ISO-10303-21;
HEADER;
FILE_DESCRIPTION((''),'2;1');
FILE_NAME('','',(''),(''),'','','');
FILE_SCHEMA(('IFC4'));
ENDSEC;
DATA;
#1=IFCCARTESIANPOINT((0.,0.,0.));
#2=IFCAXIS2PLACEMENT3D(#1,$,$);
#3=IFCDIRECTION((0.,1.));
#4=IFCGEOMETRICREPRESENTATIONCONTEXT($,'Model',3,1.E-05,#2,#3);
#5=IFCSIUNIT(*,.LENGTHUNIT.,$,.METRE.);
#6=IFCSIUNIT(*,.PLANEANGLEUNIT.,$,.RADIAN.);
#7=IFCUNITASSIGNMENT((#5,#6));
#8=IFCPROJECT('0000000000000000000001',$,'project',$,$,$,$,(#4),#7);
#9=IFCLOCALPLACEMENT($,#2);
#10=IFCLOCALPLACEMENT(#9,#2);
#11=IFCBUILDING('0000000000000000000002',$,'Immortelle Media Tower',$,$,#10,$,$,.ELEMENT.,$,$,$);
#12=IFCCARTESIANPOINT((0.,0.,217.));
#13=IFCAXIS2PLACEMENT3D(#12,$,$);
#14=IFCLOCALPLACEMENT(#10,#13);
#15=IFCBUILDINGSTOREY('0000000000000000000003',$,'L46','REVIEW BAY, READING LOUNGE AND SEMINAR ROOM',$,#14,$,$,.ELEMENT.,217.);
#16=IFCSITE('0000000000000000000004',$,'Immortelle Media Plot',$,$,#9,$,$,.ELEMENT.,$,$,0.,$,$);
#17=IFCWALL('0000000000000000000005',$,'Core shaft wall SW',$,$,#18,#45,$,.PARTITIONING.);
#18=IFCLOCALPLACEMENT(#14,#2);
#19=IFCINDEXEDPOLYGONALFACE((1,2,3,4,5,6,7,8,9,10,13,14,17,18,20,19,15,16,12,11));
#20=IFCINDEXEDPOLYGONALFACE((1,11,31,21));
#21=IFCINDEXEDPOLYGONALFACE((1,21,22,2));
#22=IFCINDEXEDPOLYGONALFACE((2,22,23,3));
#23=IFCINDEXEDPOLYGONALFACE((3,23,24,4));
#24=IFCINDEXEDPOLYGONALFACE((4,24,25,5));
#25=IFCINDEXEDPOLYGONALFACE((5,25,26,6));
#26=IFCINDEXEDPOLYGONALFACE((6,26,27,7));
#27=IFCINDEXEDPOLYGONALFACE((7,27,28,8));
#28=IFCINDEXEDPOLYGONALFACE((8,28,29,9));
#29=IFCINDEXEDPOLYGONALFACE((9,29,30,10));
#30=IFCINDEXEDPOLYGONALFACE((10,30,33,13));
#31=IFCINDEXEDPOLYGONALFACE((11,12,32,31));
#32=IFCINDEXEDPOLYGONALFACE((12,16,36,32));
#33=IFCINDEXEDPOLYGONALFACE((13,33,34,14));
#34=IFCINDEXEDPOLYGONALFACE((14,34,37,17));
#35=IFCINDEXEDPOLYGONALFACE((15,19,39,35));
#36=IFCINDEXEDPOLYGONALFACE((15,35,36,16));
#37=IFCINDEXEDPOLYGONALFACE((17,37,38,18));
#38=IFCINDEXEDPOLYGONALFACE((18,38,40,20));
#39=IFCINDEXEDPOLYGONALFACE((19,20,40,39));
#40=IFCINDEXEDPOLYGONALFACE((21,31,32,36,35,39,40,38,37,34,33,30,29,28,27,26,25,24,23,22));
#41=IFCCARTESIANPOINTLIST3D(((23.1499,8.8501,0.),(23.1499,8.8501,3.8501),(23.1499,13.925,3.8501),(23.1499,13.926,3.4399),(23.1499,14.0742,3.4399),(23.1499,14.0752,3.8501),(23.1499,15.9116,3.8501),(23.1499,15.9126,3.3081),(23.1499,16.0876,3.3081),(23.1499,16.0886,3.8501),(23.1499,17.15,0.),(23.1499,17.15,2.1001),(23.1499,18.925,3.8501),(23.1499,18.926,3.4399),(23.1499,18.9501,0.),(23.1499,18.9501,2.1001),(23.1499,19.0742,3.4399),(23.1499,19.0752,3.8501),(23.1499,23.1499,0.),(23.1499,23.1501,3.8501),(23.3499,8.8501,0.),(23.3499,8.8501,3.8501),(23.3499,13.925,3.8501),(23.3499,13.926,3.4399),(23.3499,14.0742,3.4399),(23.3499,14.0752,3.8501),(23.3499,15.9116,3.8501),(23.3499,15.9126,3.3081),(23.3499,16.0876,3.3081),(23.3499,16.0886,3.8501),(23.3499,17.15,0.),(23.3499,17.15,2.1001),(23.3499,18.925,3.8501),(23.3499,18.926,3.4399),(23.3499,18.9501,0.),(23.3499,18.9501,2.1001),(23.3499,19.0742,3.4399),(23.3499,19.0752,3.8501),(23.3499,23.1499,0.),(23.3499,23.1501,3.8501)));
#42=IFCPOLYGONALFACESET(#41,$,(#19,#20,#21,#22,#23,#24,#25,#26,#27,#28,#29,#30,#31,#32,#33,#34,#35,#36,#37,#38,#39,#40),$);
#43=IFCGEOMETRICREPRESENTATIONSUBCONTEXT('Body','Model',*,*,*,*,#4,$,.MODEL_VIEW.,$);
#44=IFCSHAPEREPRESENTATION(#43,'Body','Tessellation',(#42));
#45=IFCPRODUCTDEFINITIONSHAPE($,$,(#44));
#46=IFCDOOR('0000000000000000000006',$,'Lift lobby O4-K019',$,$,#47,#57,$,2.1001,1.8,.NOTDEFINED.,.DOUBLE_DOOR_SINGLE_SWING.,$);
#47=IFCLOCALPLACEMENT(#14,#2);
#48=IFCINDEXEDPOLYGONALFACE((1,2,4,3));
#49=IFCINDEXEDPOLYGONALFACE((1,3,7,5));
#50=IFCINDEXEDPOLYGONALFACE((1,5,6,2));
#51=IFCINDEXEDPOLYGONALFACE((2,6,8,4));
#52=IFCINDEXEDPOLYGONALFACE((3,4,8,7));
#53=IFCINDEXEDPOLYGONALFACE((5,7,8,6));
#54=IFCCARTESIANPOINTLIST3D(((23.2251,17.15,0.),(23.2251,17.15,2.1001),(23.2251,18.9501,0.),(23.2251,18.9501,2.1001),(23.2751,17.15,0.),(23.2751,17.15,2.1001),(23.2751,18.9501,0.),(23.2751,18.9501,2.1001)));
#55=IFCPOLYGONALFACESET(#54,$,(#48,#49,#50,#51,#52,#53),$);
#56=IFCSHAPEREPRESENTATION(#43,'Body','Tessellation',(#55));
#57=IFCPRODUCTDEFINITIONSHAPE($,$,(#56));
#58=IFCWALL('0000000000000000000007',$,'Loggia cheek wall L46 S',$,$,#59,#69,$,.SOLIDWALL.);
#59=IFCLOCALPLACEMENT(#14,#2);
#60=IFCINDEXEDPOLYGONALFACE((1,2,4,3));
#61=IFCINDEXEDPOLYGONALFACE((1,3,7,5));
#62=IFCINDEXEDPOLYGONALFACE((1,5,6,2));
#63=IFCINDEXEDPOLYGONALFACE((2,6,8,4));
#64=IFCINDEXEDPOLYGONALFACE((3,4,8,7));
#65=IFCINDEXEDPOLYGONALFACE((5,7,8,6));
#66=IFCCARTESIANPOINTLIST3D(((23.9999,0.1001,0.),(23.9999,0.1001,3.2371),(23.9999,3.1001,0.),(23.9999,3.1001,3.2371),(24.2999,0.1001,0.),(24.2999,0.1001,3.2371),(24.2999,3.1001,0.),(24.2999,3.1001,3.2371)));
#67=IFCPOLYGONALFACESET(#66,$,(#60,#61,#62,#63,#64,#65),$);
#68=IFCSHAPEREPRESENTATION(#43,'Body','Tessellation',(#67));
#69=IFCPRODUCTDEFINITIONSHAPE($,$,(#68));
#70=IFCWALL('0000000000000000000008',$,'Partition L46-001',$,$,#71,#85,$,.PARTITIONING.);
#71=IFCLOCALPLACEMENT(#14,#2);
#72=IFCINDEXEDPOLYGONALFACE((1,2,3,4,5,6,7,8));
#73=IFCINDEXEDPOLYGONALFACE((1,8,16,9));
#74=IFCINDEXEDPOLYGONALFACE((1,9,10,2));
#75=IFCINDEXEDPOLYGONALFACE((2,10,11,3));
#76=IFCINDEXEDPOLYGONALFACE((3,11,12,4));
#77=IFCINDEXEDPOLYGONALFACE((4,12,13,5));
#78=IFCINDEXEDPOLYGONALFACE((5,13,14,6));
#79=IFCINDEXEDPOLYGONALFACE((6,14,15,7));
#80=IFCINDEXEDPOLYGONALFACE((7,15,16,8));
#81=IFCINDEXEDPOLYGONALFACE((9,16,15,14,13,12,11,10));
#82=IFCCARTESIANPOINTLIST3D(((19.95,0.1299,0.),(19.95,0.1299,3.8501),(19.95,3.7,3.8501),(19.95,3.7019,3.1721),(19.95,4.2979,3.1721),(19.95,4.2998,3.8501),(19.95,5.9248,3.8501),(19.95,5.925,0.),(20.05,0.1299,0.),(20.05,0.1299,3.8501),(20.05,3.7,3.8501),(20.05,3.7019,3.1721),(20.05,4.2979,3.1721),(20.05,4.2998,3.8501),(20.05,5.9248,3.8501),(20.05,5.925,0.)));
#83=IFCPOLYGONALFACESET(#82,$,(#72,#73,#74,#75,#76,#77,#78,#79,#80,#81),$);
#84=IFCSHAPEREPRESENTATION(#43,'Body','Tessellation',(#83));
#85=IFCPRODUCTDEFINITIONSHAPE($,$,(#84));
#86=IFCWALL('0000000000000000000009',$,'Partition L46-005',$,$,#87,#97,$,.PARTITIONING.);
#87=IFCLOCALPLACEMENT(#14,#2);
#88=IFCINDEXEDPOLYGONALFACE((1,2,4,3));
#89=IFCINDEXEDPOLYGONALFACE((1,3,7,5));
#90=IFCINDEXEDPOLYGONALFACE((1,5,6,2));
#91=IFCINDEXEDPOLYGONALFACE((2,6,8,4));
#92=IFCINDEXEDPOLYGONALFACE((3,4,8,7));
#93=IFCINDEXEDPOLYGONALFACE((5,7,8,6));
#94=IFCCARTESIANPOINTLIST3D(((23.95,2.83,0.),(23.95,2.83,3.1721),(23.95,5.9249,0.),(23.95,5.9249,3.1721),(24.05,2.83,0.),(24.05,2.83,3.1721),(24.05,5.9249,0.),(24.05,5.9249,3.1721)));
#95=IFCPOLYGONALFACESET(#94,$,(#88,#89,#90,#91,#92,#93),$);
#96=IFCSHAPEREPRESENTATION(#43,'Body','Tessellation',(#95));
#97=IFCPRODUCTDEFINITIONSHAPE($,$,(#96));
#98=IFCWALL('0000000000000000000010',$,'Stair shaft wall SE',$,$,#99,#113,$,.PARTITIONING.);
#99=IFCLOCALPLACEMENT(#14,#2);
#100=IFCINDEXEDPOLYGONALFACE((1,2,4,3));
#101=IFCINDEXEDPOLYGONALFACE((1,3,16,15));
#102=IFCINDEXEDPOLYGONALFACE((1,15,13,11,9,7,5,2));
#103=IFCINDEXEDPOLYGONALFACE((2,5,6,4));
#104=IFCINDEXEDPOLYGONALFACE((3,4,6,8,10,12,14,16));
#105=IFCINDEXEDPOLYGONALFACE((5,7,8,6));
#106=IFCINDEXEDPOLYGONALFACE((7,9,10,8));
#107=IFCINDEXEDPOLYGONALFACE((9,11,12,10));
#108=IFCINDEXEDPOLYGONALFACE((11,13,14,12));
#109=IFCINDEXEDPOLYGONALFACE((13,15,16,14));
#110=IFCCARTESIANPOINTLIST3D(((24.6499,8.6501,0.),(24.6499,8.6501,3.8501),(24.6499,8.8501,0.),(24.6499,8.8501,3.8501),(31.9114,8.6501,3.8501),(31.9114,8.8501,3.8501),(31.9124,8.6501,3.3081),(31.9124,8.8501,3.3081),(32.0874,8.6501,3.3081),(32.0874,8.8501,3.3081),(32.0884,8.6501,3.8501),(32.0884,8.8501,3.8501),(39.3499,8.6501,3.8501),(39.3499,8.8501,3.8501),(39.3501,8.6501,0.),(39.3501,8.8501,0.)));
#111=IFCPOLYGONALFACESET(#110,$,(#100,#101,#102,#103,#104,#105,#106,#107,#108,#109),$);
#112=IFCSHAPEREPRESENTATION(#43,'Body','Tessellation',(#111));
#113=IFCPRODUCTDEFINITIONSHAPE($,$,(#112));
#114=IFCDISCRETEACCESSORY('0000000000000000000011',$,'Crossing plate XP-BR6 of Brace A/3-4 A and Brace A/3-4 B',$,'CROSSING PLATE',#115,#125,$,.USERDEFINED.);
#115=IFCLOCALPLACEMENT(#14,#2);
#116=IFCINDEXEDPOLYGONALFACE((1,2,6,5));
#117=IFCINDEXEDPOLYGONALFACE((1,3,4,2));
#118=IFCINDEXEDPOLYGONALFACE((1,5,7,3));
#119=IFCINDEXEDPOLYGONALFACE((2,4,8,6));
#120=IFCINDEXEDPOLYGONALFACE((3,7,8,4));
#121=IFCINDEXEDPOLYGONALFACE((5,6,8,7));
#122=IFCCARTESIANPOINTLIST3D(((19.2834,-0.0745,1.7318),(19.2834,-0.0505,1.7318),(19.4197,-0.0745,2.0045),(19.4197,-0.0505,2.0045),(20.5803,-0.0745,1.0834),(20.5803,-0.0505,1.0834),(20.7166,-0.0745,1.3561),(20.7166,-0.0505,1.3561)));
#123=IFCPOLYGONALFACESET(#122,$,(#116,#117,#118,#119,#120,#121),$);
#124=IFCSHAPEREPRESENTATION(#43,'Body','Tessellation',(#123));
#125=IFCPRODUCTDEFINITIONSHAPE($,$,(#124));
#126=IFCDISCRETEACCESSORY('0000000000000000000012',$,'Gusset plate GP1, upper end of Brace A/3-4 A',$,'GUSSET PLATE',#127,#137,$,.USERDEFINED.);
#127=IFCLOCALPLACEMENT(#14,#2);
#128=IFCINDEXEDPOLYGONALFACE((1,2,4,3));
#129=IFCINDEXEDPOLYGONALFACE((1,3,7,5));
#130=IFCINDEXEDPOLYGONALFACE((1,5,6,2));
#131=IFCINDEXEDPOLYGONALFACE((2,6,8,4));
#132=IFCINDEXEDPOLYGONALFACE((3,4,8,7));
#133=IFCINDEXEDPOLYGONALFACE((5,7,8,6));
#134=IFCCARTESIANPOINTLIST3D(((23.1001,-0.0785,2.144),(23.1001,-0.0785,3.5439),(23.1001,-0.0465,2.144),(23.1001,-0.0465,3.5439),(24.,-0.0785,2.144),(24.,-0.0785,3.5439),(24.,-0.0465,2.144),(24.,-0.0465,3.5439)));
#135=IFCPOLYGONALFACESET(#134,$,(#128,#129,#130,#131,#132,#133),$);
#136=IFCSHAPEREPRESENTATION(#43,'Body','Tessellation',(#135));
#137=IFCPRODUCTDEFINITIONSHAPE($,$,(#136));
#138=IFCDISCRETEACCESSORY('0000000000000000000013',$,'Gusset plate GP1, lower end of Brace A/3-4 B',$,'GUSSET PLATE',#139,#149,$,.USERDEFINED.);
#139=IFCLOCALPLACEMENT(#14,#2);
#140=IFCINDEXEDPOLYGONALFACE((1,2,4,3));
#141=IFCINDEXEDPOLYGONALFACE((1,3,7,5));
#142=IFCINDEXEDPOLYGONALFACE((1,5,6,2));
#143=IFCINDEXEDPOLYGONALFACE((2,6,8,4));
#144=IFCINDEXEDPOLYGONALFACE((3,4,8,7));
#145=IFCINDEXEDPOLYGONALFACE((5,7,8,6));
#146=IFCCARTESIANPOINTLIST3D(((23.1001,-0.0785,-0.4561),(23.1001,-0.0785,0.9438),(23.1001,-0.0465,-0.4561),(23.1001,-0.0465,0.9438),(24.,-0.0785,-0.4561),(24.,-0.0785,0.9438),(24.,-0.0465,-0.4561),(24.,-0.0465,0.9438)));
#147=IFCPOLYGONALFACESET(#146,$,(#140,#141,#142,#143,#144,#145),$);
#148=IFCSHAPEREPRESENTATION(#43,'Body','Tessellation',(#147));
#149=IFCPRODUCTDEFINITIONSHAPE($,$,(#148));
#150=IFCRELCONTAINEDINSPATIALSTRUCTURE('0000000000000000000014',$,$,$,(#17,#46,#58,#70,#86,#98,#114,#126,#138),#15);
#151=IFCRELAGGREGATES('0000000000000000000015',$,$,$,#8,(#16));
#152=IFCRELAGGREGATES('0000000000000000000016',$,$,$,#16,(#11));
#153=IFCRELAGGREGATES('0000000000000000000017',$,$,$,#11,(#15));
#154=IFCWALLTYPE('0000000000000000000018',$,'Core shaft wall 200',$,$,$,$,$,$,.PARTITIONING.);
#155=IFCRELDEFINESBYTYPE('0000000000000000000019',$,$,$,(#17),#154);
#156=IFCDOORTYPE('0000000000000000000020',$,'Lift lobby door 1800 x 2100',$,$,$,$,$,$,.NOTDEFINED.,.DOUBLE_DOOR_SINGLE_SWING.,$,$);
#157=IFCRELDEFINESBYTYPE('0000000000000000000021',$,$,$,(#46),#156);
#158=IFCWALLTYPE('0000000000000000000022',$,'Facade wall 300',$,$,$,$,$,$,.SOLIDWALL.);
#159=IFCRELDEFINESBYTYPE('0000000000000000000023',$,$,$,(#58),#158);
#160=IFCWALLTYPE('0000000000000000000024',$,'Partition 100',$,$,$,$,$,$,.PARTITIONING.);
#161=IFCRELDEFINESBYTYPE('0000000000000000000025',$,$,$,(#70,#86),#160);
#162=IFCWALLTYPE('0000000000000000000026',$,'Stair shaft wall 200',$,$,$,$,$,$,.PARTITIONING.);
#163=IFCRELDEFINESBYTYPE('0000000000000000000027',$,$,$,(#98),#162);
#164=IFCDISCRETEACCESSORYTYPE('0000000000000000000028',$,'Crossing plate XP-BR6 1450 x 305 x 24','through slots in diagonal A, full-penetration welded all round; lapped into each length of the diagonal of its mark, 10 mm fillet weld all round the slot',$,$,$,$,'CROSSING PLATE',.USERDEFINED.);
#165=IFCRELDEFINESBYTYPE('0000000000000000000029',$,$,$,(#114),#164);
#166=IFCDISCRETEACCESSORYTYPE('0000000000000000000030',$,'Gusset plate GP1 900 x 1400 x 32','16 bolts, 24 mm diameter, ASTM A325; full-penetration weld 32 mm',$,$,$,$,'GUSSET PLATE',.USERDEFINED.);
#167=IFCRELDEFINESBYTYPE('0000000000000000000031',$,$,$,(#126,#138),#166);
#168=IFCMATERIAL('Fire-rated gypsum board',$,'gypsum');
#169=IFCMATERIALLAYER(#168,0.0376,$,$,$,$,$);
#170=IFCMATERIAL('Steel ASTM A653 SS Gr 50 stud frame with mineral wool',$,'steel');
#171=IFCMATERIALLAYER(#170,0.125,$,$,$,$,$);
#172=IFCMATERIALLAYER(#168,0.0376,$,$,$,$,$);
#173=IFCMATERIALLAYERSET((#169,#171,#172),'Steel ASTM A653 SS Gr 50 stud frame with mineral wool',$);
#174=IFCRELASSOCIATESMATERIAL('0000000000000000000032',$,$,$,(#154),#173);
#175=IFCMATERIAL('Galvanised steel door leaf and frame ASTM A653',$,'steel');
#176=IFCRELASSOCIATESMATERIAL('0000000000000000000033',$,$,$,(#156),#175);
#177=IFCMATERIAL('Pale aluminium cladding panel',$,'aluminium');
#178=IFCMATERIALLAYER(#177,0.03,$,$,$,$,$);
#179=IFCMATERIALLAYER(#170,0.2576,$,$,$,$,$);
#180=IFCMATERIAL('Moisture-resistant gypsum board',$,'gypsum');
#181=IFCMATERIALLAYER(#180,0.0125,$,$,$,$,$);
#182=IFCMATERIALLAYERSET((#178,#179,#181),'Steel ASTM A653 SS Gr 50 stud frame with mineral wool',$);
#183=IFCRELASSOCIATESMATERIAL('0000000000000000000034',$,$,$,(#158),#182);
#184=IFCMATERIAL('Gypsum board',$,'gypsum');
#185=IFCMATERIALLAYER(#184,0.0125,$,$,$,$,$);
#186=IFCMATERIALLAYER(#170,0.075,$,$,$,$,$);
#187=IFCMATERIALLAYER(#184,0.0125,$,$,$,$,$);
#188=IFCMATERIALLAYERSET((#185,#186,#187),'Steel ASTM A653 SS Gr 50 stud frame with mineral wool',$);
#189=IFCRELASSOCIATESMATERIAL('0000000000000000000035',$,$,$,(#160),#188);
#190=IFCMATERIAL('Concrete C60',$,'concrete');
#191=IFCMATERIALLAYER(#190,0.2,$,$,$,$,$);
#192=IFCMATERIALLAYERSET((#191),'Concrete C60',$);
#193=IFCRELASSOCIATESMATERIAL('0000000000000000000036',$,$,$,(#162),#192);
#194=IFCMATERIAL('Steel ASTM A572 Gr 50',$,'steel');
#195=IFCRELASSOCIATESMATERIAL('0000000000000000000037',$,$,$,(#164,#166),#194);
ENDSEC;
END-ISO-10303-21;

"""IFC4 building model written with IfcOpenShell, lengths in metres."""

from ifc_helpers import new_model, si_unit, direction, frame, frame_2d, origin, origin_2d, place, context, subcontext, project, spatial, polyline, rectangle, outline, extrude, material, layer, layer_set, material_profile, profile_set, type_object, element, fill, save


model = new_model("IFC4")

# Units and contexts
model_context = context("Model", 3, precision=1e-05, world=origin(), true_north=direction((0.0, 1.0)))
body_context = subcontext(model_context, "Body", "Model", "MODEL_VIEW")
ifc_project = project(units=[si_unit("LENGTHUNIT", "METRE"), si_unit("PLANEANGLEUNIT", "RADIAN")], contexts=[model_context])

# Site, building, storey
site_placement = place(None, origin())
site = spatial("IfcSite", under=ifc_project, at=site_placement, Name="Immortelle Media Plot", CompositionType="ELEMENT", RefElevation=0.0)
building_placement = place(site_placement, origin())
building = spatial("IfcBuilding", under=site, at=building_placement, Name="Immortelle Media Tower", CompositionType="ELEMENT")
storey_placement = place(building_placement, frame((0.0, 0.0, 217.0)))
storey = spatial("IfcBuildingStorey", under=building, at=storey_placement, Name="L46", Description="REVIEW BAY, READING LOUNGE AND SEMINAR ROOM", CompositionType="ELEMENT", Elevation=217.0)

# Shared definitions
ifc_material_1 = material(Name="Fire-rated gypsum board", Category="gypsum")
ifc_layer_1 = layer(ifc_material_1, 0.0376)
ifc_material_2 = material(Name="Steel ASTM A653 SS Gr 50 stud frame with mineral wool", Category="steel")
ifc_layer_2 = layer(ifc_material_2, 0.125)
ifc_layer_3 = layer(ifc_material_1, 0.0376)
ifc_layer_set_1 = layer_set([ifc_layer_1, ifc_layer_2, ifc_layer_3], Name="Steel ASTM A653 SS Gr 50 stud frame with mineral wool")
wall_type_1 = type_object("IfcWallType", Name="Core shaft wall 200", PredefinedType="PARTITIONING", material=ifc_layer_set_1)

# Wall, opening, door
wall_1_placement = place(storey_placement, frame((23.25, 8.8501, 0.0), z_axis=(0.0, 0.0, 1.0), x_axis=(0.0, 1.0, 0.0)))
wall_1 = element("IfcWall", 1, at=wall_1_placement, inside=storey, type_object=wall_type_1, Name="Core shaft wall SW", PredefinedType="PARTITIONING", context=body_context, shape_type="SweptSolid", body=[
    extrude(outline(polyline([(0.0, 0.0), (14.2998, 0.0), (14.3, 3.8501), (10.2251, 3.8501), (10.2241, 3.4399), (10.0759, 3.4399), (10.075, 3.8501), (7.2385, 3.8501), (7.2375, 3.3081), (7.0625, 3.3081), (7.0615, 3.8501), (5.2251, 3.8501), (5.2241, 3.4399), (5.0759, 3.4399), (5.075, 3.8501), (0.0, 3.8501), (0.0, 0.0)])), frame((0.0, 0.1001, 0.0), z_axis=(0.0, -1.0, 0.0), x_axis=(1.0, 0.0, 0.0)), (0.0, 0.0, 1.0), 0.2),
])
opening_1_placement = place(wall_1_placement, frame((8.3, 0.0, 0.0)))
opening_1 = element("IfcOpeningElement", 2, at=opening_1_placement, cuts=wall_1, PredefinedType="OPENING", context=body_context, shape_type="SweptSolid", body=[
    extrude(rectangle(XDim=1.8, YDim=2.1001, at=frame_2d((0.8999, 1.05))), frame((0.0, 0.1099, 0.0), z_axis=(0.0, -1.0, 0.0), x_axis=(1.0, 0.0, 0.0)), (0.0, 0.0, 1.0), 0.22),
])
ifc_material_3 = material(Name="Galvanised steel door leaf and frame ASTM A653", Category="steel")
door_type_1 = type_object("IfcDoorType", Name="Lift lobby door 1800 x 2100", OperationType="DOUBLE_DOOR_SINGLE_SWING", PredefinedType="NOTDEFINED", material=ifc_material_3)
door_1_placement = place(opening_1_placement, origin())
door_1 = element("IfcDoor", 3, at=door_1_placement, inside=storey, type_object=door_type_1, Name="Lift lobby O4-K019", OperationType="DOUBLE_DOOR_SINGLE_SWING", OverallHeight=2.1001, OverallWidth=1.8, PredefinedType="NOTDEFINED", context=body_context, shape_type="SweptSolid", body=[
    extrude(rectangle(XDim=1.8, YDim=2.1001, at=frame_2d((0.8999, 1.05))), frame((0.0, 0.0249, 0.0), z_axis=(0.0, -1.0, 0.0), x_axis=(1.0, 0.0, 0.0)), (0.0, 0.0, 1.0), 0.05),
])
fill(opening_1, door_1)

# Shared definitions
ifc_material_4 = material(Name="Pale aluminium cladding panel", Category="aluminium")
ifc_layer_4 = layer(ifc_material_4, 0.03)
ifc_layer_5 = layer(ifc_material_2, 0.2576)
ifc_material_5 = material(Name="Moisture-resistant gypsum board", Category="gypsum")
ifc_layer_6 = layer(ifc_material_5, 0.0125)
ifc_layer_set_2 = layer_set([ifc_layer_4, ifc_layer_5, ifc_layer_6], Name="Steel ASTM A653 SS Gr 50 stud frame with mineral wool")
wall_type_2 = type_object("IfcWallType", Name="Facade wall 300", PredefinedType="SOLIDWALL", material=ifc_layer_set_2)

# Walls
wall_2_placement = place(storey_placement, frame((24.1499, 0.1001, 0.0), z_axis=(0.0, 0.0, 1.0), x_axis=(0.0, 1.0, 0.0)))
element("IfcWall", 4, at=wall_2_placement, inside=storey, type_object=wall_type_2, Name="Loggia cheek wall L46 S", PredefinedType="SOLIDWALL", context=body_context, shape_type="SweptSolid", body=[
    extrude(rectangle(XDim=3.0, YDim=0.3, at=frame_2d((1.5, 0.0))), origin(), (0.0, 0.0, 1.0), 3.2371),
])
ifc_material_6 = material(Name="Gypsum board", Category="gypsum")
ifc_layer_7 = layer(ifc_material_6, 0.0125)
ifc_layer_8 = layer(ifc_material_2, 0.075)
ifc_layer_9 = layer(ifc_material_6, 0.0125)
ifc_layer_set_3 = layer_set([ifc_layer_7, ifc_layer_8, ifc_layer_9], Name="Steel ASTM A653 SS Gr 50 stud frame with mineral wool")
wall_type_3 = type_object("IfcWallType", Name="Partition 100", PredefinedType="PARTITIONING", material=ifc_layer_set_3)
wall_3_placement = place(storey_placement, frame((20.0, 0.1299, 0.0), z_axis=(0.0, 0.0, 1.0), x_axis=(0.0, 1.0, 0.0)))
element("IfcWall", 5, at=wall_3_placement, inside=storey, type_object=wall_type_3, Name="Partition L46-001", PredefinedType="PARTITIONING", context=body_context, shape_type="SweptSolid", body=[
    extrude(outline(polyline([(0.0, 0.0), (5.7952, 0.0), (5.7949, 3.8501), (4.1699, 3.8501), (4.168, 3.1721), (3.572, 3.1721), (3.5701, 3.8501), (0.0, 3.8501), (0.0, 0.0)])), frame((0.0, 0.05, 0.0), z_axis=(0.0, -1.0, 0.0), x_axis=(1.0, 0.0, 0.0)), (0.0, 0.0, 1.0), 0.1001),
])
wall_4_placement = place(storey_placement, frame((24.0, 2.8301, 0.0), z_axis=(0.0, 0.0, 1.0), x_axis=(0.0, 1.0, 0.0)))
element("IfcWall", 6, at=wall_4_placement, inside=storey, type_object=wall_type_3, Name="Partition L46-005", PredefinedType="PARTITIONING", context=body_context, shape_type="SweptSolid", body=[
    extrude(rectangle(XDim=3.095, YDim=0.1001, at=frame_2d((1.5474, 0.0))), origin(), (0.0, 0.0, 1.0), 3.1721),
])
ifc_material_7 = material(Name="Concrete C60", Category="concrete")
ifc_layer_10 = layer(ifc_material_7, 0.2)
ifc_layer_set_4 = layer_set([ifc_layer_10], Name="Concrete C60")
wall_type_4 = type_object("IfcWallType", Name="Stair shaft wall 200", PredefinedType="PARTITIONING", material=ifc_layer_set_4)
wall_5_placement = place(storey_placement, frame((24.6499, 8.75, 0.0), z_axis=(0.0, 0.0, 1.0), x_axis=(1.0, 0.0, 0.0)))
element("IfcWall", 7, at=wall_5_placement, inside=storey, type_object=wall_type_4, Name="Stair shaft wall SE", PredefinedType="PARTITIONING", context=body_context, shape_type="SweptSolid", body=[
    extrude(outline(polyline([(0.0, 0.0), (14.7002, 0.0), (14.7, 3.8501), (7.4385, 3.8501), (7.4375, 3.3081), (7.2625, 3.3081), (7.2615, 3.8501), (0.0, 3.8501), (0.0, 0.0)])), frame((0.0, 0.1001, 0.0), z_axis=(0.0, -1.0, 0.0), x_axis=(1.0, 0.0, 0.0)), (0.0, 0.0, 1.0), 0.2),
])

# Discrete accessories
ifc_material_8 = material(Name="Steel ASTM A572 Gr 50", Category="steel")
ifc_material_profile_1 = material_profile(ifc_material_8, rectangle(XDim=0.0239, YDim=0.3049, at=origin_2d()), Name="PL 24 x 305")
ifc_profile_set_1 = profile_set([ifc_material_profile_1], Name="Steel ASTM A572 Gr 50")
discrete_accessory_type_1 = type_object("IfcDiscreteAccessoryType", Name="Crossing plate XP-BR6 1450 x 305 x 24", Description="through slots in diagonal A, full-penetration welded all round; lapped into each length of the diagonal of its mark, 10 mm fillet weld all round the slot", ElementType="CROSSING PLATE", PredefinedType="USERDEFINED", material=ifc_profile_set_1)
discrete_accessory_placement = place(storey_placement, frame((19.3516, -0.0625, 1.8682), z_axis=(0.894427, 0.0, -0.447214), x_axis=(0.0, 1.0, 0.0)))
element("IfcDiscreteAccessory", 8, at=discrete_accessory_placement, inside=storey, type_object=discrete_accessory_type_1, Name="Crossing plate XP-BR6 of Brace A/3-4 A and Brace A/3-4 B", ObjectType="CROSSING PLATE", PredefinedType="USERDEFINED", context=body_context, shape_type="SweptSolid", body=[
    extrude(rectangle(XDim=0.0239, YDim=0.3049, at=origin_2d()), origin(), (0.0, 0.0, 1.0), 1.45),
])
ifc_material_profile_2 = material_profile(ifc_material_8, rectangle(XDim=0.032, YDim=1.3999, at=origin_2d()), Name="PL 32 x 1400")
ifc_profile_set_2 = profile_set([ifc_material_profile_2], Name="Steel ASTM A572 Gr 50")
discrete_accessory_type_2 = type_object("IfcDiscreteAccessoryType", Name="Gusset plate GP1 900 x 1400 x 32", Description="16 bolts, 24 mm diameter, ASTM A325; full-penetration weld 32 mm", ElementType="GUSSET PLATE", PredefinedType="USERDEFINED", material=ifc_profile_set_2)
for number, where, z_axis, x_axis, name in (
    (9, (24.0, -0.0625, 2.844), (-1.0, 0.0, 0.0), (0.0, -1.0, 0.0), "Gusset plate GP1, upper end of Brace A/3-4 A"),
    (10, (24.0, -0.0625, 0.2439), (-1.0, 0.0, 0.0), (0.0, -1.0, 0.0), "Gusset plate GP1, lower end of Brace A/3-4 B"),
):
    element("IfcDiscreteAccessory", number, at=place(storey_placement, frame(where, z_axis=z_axis, x_axis=x_axis)), inside=storey, type_object=discrete_accessory_type_2, Name=name, ObjectType="GUSSET PLATE", PredefinedType="USERDEFINED", context=body_context, shape_type="SweptSolid", body=[
        extrude(rectangle(XDim=0.032, YDim=1.3999, at=origin_2d()), origin(), (0.0, 0.0, 1.0), 0.8999),
    ])

save(model, "model.ifc")
